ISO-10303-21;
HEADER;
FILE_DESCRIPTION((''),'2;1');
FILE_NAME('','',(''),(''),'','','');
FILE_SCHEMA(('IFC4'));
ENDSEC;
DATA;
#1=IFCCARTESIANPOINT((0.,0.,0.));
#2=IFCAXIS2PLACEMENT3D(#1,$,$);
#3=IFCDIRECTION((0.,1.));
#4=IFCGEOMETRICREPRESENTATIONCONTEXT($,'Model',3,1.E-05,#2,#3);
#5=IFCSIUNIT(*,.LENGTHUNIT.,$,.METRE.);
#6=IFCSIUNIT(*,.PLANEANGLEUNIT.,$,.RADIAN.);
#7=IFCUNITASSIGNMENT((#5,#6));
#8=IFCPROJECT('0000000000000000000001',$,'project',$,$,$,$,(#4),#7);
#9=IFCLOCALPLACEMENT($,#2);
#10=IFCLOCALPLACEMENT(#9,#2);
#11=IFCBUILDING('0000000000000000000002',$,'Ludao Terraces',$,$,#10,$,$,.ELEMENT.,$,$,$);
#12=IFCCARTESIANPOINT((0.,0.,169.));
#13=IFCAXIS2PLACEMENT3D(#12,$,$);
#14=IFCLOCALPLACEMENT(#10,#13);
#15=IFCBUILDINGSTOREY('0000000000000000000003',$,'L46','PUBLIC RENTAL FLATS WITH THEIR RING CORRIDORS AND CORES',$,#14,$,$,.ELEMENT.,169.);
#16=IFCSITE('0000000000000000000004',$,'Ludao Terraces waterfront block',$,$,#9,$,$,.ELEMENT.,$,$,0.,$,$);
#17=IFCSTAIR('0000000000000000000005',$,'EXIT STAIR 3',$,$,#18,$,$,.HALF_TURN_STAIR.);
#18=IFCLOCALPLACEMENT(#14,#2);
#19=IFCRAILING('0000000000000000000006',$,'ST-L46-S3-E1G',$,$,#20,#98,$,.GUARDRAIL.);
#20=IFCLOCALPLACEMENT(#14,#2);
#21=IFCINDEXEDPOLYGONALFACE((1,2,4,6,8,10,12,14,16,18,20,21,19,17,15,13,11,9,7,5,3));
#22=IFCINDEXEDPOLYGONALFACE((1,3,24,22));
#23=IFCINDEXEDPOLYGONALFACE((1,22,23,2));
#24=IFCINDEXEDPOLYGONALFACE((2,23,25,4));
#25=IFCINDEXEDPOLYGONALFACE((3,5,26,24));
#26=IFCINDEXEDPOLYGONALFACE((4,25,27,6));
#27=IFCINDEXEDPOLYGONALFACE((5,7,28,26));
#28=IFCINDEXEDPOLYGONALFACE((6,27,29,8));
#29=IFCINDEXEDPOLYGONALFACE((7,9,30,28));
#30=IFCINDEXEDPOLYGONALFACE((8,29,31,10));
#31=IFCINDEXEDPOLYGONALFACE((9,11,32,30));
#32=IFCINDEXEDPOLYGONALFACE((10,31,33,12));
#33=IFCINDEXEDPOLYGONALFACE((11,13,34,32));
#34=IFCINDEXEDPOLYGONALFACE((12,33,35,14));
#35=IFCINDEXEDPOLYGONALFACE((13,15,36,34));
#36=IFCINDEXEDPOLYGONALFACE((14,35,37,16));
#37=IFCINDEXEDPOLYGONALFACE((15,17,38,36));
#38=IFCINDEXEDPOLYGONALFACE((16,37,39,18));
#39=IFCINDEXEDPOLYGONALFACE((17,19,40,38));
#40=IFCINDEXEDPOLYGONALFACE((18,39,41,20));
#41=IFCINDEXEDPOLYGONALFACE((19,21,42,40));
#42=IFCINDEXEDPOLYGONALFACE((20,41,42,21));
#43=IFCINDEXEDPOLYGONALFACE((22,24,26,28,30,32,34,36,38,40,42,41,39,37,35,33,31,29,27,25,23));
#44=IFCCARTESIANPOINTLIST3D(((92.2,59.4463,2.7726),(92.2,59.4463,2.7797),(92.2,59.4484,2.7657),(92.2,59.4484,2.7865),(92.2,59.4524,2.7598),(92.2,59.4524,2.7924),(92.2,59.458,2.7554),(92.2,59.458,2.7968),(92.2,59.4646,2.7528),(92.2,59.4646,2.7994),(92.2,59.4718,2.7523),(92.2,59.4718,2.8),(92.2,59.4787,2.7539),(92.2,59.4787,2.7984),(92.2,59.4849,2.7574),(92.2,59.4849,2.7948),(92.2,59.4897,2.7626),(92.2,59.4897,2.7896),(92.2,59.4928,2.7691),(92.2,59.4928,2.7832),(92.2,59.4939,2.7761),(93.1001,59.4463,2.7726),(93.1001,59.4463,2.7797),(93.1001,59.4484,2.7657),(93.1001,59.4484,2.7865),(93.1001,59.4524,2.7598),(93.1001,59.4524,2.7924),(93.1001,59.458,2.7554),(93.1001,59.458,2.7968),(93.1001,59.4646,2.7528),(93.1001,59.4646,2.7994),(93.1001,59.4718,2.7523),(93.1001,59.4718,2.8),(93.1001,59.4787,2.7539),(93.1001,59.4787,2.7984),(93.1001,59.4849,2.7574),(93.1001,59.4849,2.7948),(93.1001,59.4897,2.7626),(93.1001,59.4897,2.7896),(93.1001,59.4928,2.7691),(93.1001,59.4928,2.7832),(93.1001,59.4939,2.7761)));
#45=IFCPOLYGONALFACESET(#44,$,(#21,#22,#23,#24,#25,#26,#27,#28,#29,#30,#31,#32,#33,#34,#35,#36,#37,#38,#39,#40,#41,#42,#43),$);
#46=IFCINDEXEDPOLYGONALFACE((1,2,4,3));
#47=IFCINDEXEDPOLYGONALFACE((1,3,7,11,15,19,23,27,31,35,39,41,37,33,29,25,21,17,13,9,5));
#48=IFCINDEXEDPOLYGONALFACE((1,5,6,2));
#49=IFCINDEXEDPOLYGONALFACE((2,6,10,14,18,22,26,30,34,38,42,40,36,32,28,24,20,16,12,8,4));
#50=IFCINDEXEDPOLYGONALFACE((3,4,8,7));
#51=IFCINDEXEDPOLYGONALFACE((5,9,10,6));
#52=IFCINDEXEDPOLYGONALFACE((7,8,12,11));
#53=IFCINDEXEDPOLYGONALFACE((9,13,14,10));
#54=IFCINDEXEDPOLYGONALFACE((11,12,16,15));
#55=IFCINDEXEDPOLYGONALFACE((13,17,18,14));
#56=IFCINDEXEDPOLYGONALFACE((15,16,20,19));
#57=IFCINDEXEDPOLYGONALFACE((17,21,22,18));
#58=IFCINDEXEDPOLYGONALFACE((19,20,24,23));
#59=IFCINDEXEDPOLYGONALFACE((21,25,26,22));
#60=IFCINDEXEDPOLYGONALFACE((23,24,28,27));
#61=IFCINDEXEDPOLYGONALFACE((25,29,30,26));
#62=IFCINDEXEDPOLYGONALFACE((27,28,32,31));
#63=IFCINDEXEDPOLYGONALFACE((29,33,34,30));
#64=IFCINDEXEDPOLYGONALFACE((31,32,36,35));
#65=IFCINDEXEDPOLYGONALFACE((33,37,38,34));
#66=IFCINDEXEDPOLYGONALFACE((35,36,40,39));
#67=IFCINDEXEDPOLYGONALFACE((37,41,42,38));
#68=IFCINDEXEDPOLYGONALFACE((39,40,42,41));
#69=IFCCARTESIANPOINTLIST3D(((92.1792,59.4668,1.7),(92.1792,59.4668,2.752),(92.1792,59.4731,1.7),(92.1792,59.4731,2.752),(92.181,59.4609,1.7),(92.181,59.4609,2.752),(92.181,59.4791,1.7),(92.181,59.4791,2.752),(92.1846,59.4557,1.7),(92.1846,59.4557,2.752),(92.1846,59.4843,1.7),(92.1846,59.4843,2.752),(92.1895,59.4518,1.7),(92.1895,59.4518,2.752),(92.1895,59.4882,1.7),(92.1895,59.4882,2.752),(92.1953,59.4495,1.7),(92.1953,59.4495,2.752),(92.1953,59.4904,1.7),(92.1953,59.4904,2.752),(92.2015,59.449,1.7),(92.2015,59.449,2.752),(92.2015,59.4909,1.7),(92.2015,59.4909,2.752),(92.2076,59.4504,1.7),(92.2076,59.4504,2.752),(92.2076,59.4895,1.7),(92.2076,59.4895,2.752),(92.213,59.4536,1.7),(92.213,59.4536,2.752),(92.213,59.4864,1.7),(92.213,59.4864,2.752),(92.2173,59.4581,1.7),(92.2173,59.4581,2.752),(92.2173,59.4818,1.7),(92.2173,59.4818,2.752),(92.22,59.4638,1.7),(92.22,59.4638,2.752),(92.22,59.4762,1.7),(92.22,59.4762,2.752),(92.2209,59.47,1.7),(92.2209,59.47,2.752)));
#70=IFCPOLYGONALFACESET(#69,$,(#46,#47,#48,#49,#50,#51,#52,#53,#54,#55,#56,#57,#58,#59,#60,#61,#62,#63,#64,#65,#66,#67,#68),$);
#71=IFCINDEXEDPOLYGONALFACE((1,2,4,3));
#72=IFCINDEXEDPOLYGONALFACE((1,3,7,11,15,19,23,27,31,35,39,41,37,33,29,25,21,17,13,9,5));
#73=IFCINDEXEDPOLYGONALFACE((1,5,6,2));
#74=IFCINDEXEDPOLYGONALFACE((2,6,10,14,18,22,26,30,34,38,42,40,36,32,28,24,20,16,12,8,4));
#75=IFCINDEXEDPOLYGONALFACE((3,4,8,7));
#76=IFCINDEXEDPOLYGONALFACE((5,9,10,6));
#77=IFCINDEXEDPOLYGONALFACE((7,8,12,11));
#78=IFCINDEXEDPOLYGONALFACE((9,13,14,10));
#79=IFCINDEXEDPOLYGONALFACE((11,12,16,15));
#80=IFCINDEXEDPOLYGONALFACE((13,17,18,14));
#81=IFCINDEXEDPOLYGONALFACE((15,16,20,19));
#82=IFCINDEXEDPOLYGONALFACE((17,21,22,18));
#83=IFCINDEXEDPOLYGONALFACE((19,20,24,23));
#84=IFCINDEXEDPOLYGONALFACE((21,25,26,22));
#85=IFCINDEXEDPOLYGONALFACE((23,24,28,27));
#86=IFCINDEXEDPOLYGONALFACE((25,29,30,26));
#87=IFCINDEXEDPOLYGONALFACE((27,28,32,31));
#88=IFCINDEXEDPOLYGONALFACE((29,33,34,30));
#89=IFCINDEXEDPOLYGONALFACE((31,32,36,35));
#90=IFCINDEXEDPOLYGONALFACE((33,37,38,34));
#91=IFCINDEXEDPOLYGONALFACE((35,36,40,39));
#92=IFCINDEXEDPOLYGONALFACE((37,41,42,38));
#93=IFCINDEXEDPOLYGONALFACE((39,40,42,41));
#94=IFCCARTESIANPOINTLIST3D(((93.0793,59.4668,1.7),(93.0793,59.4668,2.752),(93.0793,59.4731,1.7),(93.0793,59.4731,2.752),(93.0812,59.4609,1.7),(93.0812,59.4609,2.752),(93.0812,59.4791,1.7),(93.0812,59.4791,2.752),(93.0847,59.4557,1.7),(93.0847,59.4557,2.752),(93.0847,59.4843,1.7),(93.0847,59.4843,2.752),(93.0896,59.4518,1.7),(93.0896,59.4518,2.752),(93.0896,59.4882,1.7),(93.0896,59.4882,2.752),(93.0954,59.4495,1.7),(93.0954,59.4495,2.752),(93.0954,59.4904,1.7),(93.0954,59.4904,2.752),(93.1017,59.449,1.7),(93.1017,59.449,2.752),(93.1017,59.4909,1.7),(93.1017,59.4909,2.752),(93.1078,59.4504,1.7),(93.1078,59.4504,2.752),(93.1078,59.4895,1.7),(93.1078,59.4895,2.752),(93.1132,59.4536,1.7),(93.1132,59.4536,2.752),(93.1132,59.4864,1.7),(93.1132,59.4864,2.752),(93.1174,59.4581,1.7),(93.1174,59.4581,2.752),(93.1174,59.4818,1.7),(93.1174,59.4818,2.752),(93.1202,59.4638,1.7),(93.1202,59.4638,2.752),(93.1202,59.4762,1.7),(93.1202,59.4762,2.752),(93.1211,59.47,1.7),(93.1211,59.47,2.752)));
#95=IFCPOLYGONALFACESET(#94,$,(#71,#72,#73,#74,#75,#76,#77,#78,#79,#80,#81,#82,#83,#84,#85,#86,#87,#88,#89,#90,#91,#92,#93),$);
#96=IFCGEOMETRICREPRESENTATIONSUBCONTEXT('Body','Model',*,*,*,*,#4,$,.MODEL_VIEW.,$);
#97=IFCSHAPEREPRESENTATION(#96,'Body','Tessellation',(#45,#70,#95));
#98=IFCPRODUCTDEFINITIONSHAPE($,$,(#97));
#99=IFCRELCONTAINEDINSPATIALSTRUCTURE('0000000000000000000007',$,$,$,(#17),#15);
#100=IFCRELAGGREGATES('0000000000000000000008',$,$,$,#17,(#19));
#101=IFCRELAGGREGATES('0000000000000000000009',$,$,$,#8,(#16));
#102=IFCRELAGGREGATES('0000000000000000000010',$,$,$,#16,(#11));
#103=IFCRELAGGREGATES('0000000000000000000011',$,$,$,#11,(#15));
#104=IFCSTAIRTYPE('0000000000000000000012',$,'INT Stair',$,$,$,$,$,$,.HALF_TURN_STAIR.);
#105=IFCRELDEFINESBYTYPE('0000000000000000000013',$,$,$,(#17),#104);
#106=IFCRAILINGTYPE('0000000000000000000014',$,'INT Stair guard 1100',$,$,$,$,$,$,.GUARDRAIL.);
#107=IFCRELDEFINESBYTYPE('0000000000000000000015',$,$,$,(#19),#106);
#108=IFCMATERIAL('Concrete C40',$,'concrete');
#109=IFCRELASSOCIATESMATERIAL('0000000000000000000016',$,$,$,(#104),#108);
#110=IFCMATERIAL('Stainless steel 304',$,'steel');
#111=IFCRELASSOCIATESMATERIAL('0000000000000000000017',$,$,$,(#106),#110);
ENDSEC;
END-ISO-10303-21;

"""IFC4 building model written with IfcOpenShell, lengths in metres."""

from ifc_helpers import new_model, si_unit, direction, frame, origin, origin_2d, place, context, subcontext, project, spatial, circle, extrude, material, type_object, element, aggregate, save


model = new_model("IFC4")

# Units and contexts
model_context = context("Model", 3, precision=1e-05, world=origin(), true_north=direction((0.0, 1.0)))
body_context = subcontext(model_context, "Body", "Model", "MODEL_VIEW")
ifc_project = project(units=[si_unit("LENGTHUNIT", "METRE"), si_unit("PLANEANGLEUNIT", "RADIAN")], contexts=[model_context])

# Site, building, storey
site_placement = place(None, origin())
site = spatial("IfcSite", under=ifc_project, at=site_placement, Name="Ludao Terraces waterfront block", CompositionType="ELEMENT", RefElevation=0.0)
building_placement = place(site_placement, origin())
building = spatial("IfcBuilding", under=site, at=building_placement, Name="Ludao Terraces", CompositionType="ELEMENT")
storey_placement = place(building_placement, frame((0.0, 0.0, 169.0)))
storey = spatial("IfcBuildingStorey", under=building, at=storey_placement, Name="L46", Description="PUBLIC RENTAL FLATS WITH THEIR RING CORRIDORS AND CORES", CompositionType="ELEMENT", Elevation=169.0)

# Shared definitions
ifc_material_1 = material(Name="Concrete C40", Category="concrete")

# Stair, railing
stair_type = type_object("IfcStairType", Name="INT Stair", PredefinedType="HALF_TURN_STAIR", material=ifc_material_1)
stair_placement = place(storey_placement, origin())
stair = element("IfcStair", 1, at=stair_placement, inside=storey, type_object=stair_type, Name="EXIT STAIR 3", PredefinedType="HALF_TURN_STAIR")
ifc_material_2 = material(Name="Stainless steel 304", Category="steel")
railing_type_1 = type_object("IfcRailingType", Name="INT Stair guard 1100", PredefinedType="GUARDRAIL", material=ifc_material_2)
railing_1_placement = place(storey_placement, frame((92.2, 59.47, 1.7)))
railing_1 = element("IfcRailing", 2, at=railing_1_placement, type_object=railing_type_1, Name="ST-L46-S3-E1G", PredefinedType="GUARDRAIL", context=body_context, shape_type="SweptSolid", body=[
    extrude(circle(Radius=0.0239, at=origin_2d()), frame((0.0, 0.0, 1.0762), z_axis=(1.0, 0.0, 0.0), x_axis=(0.0, 1.0, 0.0)), (0.0, 0.0, 1.0), 0.9001),
    extrude(circle(Radius=0.021, at=origin_2d()), origin(), (0.0, 0.0, 1.0), 1.052),
    extrude(circle(Radius=0.021, at=origin_2d()), frame((0.9001, 0.0, 0.0)), (0.0, 0.0, 1.0), 1.052),
])
aggregate(stair, [railing_1])

save(model, "model.ifc")
